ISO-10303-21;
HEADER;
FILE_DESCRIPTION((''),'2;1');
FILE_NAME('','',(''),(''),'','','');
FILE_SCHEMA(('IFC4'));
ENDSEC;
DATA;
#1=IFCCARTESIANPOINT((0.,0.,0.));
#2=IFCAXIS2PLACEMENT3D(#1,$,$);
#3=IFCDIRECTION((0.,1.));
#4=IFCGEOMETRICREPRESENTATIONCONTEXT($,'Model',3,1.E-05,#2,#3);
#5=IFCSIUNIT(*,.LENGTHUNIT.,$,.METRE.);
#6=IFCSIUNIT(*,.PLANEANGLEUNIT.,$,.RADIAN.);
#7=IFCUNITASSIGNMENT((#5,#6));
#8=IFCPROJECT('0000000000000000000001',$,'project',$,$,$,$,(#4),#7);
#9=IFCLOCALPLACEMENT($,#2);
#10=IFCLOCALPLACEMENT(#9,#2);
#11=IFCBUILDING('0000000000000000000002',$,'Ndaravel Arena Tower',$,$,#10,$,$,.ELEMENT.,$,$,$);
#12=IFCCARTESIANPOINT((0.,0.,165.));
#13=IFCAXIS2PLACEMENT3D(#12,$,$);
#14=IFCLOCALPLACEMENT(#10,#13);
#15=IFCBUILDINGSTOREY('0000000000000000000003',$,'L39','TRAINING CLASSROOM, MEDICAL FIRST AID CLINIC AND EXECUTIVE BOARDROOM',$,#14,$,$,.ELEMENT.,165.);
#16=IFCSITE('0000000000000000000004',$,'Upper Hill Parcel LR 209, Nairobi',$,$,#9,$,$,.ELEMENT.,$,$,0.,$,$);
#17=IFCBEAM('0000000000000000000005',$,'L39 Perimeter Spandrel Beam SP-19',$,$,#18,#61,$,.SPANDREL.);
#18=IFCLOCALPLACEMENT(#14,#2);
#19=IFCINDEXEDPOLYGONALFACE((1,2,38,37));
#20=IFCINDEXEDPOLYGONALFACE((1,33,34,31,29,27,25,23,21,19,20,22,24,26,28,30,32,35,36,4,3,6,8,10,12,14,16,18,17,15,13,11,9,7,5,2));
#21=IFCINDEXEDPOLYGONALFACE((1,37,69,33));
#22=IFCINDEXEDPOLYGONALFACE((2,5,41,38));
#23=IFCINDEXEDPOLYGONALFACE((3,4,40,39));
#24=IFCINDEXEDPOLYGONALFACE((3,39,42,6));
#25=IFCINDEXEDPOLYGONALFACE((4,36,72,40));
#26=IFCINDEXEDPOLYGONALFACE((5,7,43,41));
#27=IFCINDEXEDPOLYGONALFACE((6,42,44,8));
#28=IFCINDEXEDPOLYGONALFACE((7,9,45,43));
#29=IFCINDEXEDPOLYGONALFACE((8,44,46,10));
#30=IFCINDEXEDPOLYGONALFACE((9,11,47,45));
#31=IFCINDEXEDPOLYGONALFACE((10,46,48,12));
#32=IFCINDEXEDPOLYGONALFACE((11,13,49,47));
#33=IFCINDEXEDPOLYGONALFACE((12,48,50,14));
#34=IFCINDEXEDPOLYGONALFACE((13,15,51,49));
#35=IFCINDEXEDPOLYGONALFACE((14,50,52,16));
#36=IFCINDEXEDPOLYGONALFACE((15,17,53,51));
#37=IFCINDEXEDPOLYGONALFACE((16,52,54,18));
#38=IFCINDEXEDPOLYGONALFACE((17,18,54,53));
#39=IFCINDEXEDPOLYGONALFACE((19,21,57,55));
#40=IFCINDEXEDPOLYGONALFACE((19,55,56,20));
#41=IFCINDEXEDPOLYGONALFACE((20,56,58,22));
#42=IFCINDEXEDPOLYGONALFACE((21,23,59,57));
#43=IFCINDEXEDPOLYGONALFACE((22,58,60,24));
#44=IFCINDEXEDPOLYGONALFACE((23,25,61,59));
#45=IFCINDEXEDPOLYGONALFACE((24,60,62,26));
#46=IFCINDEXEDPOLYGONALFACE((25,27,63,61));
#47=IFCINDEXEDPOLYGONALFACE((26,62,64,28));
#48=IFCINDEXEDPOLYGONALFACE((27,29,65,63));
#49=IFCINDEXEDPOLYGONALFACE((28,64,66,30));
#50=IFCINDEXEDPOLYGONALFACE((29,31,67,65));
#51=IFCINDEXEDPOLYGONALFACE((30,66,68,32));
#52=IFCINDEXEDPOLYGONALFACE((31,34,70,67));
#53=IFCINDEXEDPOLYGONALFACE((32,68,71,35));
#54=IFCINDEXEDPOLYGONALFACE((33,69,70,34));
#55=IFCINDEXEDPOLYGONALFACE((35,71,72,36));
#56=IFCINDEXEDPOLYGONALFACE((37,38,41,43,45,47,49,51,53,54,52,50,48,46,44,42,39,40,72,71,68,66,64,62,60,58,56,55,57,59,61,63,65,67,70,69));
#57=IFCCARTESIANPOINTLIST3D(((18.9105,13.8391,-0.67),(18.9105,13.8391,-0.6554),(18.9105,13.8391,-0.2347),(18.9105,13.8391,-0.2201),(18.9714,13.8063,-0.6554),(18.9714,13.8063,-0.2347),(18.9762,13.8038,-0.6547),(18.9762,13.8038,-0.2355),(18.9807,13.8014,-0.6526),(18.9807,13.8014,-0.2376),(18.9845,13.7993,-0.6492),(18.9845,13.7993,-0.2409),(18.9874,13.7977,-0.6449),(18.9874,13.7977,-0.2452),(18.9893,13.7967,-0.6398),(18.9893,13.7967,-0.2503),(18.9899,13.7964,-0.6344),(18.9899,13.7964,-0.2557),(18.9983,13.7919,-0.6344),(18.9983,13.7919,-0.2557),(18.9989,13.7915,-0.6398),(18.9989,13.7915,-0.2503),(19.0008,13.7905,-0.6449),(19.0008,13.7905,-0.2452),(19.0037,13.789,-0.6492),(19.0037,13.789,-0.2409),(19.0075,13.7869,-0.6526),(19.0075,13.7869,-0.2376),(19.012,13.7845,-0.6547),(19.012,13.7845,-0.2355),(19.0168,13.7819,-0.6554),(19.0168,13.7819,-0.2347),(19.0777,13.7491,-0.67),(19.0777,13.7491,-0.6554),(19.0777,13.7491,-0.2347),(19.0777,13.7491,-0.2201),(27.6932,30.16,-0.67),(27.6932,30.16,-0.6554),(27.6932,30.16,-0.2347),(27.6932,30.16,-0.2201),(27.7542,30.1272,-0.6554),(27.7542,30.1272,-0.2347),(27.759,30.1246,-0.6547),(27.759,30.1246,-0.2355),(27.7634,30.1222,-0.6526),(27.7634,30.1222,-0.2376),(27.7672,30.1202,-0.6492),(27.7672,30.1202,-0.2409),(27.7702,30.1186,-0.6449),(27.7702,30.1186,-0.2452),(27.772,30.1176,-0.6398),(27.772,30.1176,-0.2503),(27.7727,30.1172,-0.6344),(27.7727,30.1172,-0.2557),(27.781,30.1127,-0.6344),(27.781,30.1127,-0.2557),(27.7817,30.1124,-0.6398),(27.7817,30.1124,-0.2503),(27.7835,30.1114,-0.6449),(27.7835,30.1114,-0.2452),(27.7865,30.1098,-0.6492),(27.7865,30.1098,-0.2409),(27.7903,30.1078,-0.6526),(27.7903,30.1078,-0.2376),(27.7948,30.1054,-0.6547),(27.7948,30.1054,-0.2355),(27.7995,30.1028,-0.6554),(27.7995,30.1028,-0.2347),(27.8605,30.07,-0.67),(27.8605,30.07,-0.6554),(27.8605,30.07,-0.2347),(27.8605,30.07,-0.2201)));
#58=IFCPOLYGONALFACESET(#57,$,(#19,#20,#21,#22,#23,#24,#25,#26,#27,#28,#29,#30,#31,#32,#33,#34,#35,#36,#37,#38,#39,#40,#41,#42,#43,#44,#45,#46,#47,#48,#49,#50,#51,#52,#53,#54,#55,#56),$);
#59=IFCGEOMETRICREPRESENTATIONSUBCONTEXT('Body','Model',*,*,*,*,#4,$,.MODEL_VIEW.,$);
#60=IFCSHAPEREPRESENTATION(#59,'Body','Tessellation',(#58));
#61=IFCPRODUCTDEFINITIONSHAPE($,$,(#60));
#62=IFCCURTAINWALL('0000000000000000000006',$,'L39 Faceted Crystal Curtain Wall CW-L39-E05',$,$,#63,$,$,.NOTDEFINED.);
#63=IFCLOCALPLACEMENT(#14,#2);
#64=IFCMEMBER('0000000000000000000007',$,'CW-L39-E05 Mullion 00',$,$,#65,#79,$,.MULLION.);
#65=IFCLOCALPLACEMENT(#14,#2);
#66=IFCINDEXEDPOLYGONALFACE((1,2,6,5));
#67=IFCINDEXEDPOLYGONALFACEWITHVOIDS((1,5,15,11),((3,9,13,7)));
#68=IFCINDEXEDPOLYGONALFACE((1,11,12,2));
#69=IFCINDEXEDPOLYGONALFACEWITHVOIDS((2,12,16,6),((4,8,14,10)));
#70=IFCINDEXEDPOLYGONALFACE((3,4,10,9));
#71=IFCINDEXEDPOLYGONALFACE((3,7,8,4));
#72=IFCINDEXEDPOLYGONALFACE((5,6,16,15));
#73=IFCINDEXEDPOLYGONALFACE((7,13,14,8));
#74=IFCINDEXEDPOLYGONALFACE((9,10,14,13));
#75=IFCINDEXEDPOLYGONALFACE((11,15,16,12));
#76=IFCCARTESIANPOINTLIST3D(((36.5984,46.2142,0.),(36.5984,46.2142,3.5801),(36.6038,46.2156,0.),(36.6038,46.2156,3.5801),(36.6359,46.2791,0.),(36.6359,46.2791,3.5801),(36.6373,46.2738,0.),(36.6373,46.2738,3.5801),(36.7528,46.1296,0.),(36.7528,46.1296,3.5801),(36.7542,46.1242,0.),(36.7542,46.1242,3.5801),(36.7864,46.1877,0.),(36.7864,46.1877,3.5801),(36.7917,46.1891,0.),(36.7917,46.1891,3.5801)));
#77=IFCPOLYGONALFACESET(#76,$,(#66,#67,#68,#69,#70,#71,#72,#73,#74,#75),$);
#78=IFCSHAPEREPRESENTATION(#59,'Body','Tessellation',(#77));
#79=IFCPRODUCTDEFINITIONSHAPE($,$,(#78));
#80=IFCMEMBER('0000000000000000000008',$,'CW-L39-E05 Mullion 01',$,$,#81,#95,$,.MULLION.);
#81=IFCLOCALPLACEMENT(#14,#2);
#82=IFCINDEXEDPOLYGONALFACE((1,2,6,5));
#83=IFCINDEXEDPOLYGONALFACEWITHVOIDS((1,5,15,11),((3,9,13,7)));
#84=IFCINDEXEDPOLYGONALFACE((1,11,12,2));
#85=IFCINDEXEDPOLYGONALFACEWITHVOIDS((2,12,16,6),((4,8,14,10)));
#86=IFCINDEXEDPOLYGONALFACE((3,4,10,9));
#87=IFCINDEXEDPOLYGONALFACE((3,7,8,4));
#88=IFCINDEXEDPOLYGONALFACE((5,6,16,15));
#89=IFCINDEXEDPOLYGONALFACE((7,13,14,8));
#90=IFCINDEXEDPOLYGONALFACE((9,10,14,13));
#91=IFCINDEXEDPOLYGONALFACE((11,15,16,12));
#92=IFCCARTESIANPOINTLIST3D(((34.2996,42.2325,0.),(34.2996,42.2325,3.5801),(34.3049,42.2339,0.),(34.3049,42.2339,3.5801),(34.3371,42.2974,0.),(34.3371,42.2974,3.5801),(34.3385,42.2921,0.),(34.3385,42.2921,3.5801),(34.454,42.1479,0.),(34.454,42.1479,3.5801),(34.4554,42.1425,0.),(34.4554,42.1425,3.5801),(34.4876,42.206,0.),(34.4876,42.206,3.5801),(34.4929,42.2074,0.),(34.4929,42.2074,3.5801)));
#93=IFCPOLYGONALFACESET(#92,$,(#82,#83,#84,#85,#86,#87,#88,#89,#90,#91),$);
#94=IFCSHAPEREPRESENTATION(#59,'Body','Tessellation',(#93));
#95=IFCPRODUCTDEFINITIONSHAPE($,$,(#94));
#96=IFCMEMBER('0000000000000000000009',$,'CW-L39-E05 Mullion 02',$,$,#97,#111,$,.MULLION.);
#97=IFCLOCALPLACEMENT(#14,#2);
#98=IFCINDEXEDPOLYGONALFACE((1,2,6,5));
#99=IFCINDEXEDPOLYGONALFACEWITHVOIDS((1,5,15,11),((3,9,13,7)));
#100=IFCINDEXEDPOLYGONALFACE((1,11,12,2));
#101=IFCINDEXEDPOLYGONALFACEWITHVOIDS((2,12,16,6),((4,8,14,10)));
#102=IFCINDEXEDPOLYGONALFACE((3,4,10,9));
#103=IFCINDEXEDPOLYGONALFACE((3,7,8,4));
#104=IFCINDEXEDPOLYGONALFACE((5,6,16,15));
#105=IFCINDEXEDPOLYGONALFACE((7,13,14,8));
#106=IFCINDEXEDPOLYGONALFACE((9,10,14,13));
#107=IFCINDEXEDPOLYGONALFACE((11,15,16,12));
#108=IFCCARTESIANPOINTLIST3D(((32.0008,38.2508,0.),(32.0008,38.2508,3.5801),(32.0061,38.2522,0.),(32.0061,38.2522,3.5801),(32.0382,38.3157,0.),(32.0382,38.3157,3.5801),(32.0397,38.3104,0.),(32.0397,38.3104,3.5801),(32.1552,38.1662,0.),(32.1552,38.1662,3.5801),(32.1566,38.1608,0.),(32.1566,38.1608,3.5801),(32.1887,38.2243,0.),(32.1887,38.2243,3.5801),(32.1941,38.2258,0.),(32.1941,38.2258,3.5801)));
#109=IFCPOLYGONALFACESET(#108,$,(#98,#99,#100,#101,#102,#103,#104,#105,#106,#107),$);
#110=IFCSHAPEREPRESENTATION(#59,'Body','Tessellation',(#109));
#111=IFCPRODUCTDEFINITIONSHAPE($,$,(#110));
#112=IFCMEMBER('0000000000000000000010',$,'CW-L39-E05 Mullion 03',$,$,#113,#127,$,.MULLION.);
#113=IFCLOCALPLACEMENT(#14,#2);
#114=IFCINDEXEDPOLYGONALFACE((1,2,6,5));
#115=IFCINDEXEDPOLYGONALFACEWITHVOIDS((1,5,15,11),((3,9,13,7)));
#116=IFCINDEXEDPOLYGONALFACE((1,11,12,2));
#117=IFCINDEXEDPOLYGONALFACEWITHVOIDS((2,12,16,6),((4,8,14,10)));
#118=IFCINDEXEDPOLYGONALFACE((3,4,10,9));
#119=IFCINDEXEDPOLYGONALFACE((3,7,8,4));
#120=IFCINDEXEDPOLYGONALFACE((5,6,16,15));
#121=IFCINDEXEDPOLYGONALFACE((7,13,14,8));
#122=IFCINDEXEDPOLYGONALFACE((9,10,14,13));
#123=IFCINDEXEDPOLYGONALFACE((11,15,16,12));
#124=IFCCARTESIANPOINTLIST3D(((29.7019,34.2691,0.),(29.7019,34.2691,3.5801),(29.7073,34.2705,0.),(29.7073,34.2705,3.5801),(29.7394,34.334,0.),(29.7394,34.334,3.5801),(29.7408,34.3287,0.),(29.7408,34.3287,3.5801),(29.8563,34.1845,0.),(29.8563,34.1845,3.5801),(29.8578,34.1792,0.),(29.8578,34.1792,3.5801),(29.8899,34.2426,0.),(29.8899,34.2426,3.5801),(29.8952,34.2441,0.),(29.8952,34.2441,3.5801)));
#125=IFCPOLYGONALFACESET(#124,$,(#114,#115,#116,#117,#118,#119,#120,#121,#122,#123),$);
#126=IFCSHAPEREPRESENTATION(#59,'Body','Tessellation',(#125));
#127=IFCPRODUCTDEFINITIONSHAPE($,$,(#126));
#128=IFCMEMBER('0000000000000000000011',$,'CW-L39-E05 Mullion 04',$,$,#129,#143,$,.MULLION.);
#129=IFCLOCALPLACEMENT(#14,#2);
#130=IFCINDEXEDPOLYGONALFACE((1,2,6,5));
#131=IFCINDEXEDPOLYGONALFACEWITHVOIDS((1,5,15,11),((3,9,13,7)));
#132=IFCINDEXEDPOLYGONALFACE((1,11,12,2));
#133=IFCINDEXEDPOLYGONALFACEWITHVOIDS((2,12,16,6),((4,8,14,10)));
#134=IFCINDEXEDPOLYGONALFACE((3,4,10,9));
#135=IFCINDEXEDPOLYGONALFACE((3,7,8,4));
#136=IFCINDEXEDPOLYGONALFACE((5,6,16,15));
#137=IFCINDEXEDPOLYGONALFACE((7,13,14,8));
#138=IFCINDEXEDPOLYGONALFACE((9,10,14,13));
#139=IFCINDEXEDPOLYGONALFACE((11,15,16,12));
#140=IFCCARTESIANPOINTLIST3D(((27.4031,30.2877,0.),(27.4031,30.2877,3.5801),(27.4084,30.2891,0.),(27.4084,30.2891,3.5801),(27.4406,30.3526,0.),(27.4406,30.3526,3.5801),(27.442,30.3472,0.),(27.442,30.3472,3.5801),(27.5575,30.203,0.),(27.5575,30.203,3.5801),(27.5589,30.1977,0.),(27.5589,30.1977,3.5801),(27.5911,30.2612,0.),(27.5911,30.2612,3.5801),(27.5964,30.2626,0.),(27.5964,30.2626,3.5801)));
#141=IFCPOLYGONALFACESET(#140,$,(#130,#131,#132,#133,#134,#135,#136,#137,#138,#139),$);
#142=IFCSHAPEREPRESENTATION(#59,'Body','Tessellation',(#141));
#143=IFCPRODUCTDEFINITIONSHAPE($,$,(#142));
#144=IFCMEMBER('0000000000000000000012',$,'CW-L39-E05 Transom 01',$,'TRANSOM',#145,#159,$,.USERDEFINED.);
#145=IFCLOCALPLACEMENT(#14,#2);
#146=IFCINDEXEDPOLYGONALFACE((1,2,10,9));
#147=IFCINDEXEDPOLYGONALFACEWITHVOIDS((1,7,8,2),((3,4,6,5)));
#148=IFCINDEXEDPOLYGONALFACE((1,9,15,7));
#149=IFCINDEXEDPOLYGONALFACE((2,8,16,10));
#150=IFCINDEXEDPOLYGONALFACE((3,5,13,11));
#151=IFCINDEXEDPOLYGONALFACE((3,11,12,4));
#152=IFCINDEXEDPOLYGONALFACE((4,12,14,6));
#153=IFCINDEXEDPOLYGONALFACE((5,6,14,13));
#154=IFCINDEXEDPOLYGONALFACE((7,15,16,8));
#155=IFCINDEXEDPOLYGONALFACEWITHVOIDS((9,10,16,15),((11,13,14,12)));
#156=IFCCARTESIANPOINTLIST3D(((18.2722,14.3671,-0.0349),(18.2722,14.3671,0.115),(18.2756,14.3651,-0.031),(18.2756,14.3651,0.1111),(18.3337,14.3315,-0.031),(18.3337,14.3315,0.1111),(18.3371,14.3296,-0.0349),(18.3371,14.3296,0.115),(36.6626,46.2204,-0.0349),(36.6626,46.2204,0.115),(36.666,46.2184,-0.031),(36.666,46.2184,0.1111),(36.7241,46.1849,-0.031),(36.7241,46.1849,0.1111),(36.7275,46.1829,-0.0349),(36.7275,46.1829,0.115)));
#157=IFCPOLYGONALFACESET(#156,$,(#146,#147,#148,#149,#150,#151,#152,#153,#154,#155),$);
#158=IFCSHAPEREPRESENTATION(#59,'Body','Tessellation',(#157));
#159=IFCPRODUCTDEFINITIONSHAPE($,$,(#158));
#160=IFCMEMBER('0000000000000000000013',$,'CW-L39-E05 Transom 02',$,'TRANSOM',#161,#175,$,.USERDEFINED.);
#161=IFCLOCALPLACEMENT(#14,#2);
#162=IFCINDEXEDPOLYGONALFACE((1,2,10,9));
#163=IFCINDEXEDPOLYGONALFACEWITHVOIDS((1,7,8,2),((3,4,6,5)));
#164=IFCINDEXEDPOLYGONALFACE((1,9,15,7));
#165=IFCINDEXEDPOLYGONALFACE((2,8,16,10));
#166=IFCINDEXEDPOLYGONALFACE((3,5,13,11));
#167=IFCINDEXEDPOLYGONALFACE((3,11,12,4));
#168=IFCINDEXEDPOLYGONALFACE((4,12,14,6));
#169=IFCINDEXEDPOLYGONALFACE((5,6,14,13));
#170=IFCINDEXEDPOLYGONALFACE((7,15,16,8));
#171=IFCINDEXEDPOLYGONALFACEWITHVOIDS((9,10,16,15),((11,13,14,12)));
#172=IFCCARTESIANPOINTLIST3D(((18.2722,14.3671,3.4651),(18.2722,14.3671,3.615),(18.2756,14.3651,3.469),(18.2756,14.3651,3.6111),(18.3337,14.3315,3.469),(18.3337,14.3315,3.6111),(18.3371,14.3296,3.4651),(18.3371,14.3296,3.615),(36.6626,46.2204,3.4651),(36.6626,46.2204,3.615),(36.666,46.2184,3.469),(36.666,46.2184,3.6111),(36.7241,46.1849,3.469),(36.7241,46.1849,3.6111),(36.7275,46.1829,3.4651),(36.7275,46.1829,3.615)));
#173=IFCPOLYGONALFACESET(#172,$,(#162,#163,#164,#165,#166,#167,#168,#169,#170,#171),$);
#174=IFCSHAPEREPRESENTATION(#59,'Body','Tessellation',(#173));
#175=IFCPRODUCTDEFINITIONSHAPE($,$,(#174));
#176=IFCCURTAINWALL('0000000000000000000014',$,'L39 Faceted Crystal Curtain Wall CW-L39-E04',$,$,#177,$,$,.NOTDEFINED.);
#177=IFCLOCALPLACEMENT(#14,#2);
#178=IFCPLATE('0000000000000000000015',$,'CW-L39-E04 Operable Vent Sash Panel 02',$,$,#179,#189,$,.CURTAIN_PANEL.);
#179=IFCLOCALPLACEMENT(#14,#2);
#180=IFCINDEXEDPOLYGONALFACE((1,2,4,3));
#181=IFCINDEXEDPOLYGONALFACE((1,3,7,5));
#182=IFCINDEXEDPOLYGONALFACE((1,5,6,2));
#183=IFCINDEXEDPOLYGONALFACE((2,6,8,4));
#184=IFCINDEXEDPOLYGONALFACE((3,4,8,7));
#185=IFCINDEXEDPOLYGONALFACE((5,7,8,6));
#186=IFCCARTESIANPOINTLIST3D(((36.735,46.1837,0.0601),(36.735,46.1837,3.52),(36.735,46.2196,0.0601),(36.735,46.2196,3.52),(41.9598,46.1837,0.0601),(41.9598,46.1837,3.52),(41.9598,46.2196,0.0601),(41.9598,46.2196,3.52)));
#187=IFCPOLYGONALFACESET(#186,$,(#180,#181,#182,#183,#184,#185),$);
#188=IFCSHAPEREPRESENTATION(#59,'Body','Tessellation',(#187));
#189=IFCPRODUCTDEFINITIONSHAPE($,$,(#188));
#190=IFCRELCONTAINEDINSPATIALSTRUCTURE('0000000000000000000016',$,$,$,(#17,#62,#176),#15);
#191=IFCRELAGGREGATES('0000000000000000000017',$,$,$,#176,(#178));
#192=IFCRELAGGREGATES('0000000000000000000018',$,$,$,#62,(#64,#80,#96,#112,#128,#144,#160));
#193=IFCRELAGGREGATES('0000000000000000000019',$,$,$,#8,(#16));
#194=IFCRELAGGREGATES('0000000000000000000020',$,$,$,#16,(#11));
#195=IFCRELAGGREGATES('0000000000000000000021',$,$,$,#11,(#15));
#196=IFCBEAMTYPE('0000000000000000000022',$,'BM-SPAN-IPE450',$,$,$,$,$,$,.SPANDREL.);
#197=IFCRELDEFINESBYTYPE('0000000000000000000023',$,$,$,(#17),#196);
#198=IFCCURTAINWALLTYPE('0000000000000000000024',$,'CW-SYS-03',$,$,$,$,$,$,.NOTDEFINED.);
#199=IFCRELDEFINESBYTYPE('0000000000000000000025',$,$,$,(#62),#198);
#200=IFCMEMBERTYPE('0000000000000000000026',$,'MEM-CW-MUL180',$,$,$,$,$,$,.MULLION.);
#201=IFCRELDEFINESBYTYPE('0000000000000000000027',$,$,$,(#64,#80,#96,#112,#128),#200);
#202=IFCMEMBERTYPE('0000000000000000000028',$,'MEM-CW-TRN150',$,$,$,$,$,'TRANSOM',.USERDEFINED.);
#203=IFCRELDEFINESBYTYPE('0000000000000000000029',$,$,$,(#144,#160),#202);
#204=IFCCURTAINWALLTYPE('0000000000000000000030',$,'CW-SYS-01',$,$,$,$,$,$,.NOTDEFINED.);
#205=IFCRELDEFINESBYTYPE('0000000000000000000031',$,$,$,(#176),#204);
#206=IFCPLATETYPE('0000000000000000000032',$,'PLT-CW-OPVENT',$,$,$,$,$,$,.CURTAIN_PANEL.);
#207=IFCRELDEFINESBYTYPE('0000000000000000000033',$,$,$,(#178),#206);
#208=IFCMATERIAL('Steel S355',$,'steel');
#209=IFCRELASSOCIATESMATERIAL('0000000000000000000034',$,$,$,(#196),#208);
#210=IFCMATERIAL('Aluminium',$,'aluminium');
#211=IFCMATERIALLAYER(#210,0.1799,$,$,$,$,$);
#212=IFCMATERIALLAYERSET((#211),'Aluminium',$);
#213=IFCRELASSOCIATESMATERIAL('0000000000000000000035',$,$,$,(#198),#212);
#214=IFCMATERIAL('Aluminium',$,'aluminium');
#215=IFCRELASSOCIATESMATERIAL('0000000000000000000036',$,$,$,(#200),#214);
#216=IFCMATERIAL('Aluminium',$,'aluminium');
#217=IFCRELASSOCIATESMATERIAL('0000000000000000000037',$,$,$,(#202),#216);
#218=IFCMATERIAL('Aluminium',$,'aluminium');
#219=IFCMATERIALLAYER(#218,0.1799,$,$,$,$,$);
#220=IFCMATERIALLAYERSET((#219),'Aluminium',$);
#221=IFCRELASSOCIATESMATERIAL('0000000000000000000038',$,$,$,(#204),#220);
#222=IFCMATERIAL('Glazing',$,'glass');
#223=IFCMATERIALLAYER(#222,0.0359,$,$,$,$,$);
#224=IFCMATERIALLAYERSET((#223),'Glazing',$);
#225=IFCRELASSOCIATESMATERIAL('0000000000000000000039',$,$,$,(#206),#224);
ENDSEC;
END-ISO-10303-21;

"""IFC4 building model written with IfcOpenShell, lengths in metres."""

from ifc_helpers import new_model, si_unit, direction, frame, origin, origin_2d, place, context, subcontext, project, spatial, rectangle, hollow_rectangle, i_section, extrude, material, layer, layer_set, material_profile, profile_set, type_object, element, aggregate, save


model = new_model("IFC4")

# Units and contexts
model_context = context("Model", 3, precision=1e-05, world=origin(), true_north=direction((0.0, 1.0)))
body_context = subcontext(model_context, "Body", "Model", "MODEL_VIEW")
ifc_project = project(units=[si_unit("LENGTHUNIT", "METRE"), si_unit("PLANEANGLEUNIT", "RADIAN")], contexts=[model_context])

# Site, building, storey
site_placement = place(None, origin())
site = spatial("IfcSite", under=ifc_project, at=site_placement, Name="Upper Hill Parcel LR 209, Nairobi", CompositionType="ELEMENT", RefElevation=0.0)
building_placement = place(site_placement, origin())
building = spatial("IfcBuilding", under=site, at=building_placement, Name="Ndaravel Arena Tower", CompositionType="ELEMENT")
storey_placement = place(building_placement, frame((0.0, 0.0, 165.0)))
storey = spatial("IfcBuildingStorey", under=building, at=storey_placement, Name="L39", Description="TRAINING CLASSROOM, MEDICAL FIRST AID CLINIC AND EXECUTIVE BOARDROOM", CompositionType="ELEMENT", Elevation=165.0)

# Beam
ifc_material_1 = material(Name="Steel S355", Category="steel")
ifc_material_profile_1 = material_profile(ifc_material_1, i_section(OverallWidth=0.1899, OverallDepth=0.45, WebThickness=0.0095, FlangeThickness=0.0146, FilletRadius=0.021, at=origin_2d()), Name="IPE 450")
ifc_profile_set_1 = profile_set([ifc_material_profile_1], Name="Steel S355")
beam_type_1 = type_object("IfcBeamType", Name="BM-SPAN-IPE450", PredefinedType="SPANDREL", material=ifc_profile_set_1)
for number, where, z_axis, x_axis, name in (
    (1, (27.7769, 30.115, -0.4451), (-0.473874, -0.880593, 0.0), (0.880593, -0.473874, 0.0), "L39 Perimeter Spandrel Beam SP-19"),
):
    element("IfcBeam", number, at=place(storey_placement, frame(where, z_axis=z_axis, x_axis=x_axis)), inside=storey, type_object=beam_type_1, Name=name, PredefinedType="SPANDREL", context=body_context, shape_type="SweptSolid", body=[
        extrude(i_section(OverallWidth=0.1899, OverallDepth=0.45, WebThickness=0.0095, FlangeThickness=0.0146, FilletRadius=0.021, at=origin_2d()), origin(), (0.0, 0.0, 1.0), 18.5339),
    ])

# Curtain wall, members
ifc_material_2 = material(Name="Aluminium", Category="aluminium")
ifc_layer_1 = layer(ifc_material_2, 0.1799)
ifc_layer_set_1 = layer_set([ifc_layer_1], Name="Aluminium")
curtain_wall_type_1 = type_object("IfcCurtainWallType", Name="CW-SYS-03", PredefinedType="NOTDEFINED", material=ifc_layer_set_1)
curtain_wall_1_placement = place(storey_placement, origin())
curtain_wall_1 = element("IfcCurtainWall", 2, at=curtain_wall_1_placement, inside=storey, type_object=curtain_wall_type_1, Name="L39 Faceted Crystal Curtain Wall CW-L39-E05", PredefinedType="NOTDEFINED")
ifc_material_3 = material(Name="Aluminium", Category="aluminium")
ifc_material_profile_2 = material_profile(ifc_material_3, hollow_rectangle(XDim=0.075, YDim=0.1799, WallThickness=0.0039, at=origin_2d()), Name="CW MULLION 75x180x4")
ifc_profile_set_2 = profile_set([ifc_material_profile_2], Name="Aluminium")
member_type_1 = type_object("IfcMemberType", Name="MEM-CW-MUL180", PredefinedType="MULLION", material=ifc_profile_set_2)
member_1_placement = place(storey_placement, frame((36.6951, 46.2017, 0.0), z_axis=(0.0, 0.0, 1.0), x_axis=(-0.5, -0.866025, 0.0)))
member_1 = element("IfcMember", 3, at=member_1_placement, type_object=member_type_1, Name="CW-L39-E05 Mullion 00", PredefinedType="MULLION", context=body_context, shape_type="SweptSolid", body=[
    extrude(hollow_rectangle(XDim=0.075, YDim=0.1799, WallThickness=0.0039, at=origin_2d()), origin(), (0.0, 0.0, 1.0), 3.5801),
])
member_2_placement = place(storey_placement, frame((34.3962, 42.22, 0.0), z_axis=(0.0, 0.0, 1.0), x_axis=(-0.5, -0.866025, 0.0)))
member_2 = element("IfcMember", 4, at=member_2_placement, type_object=member_type_1, Name="CW-L39-E05 Mullion 01", PredefinedType="MULLION", context=body_context, shape_type="SweptSolid", body=[
    extrude(hollow_rectangle(XDim=0.075, YDim=0.1799, WallThickness=0.0039, at=origin_2d()), origin(), (0.0, 0.0, 1.0), 3.5801),
])
member_3_placement = place(storey_placement, frame((32.0974, 38.2383, 0.0), z_axis=(0.0, 0.0, 1.0), x_axis=(-0.5, -0.866025, 0.0)))
member_3 = element("IfcMember", 5, at=member_3_placement, type_object=member_type_1, Name="CW-L39-E05 Mullion 02", PredefinedType="MULLION", context=body_context, shape_type="SweptSolid", body=[
    extrude(hollow_rectangle(XDim=0.075, YDim=0.1799, WallThickness=0.0039, at=origin_2d()), origin(), (0.0, 0.0, 1.0), 3.5801),
])
member_4_placement = place(storey_placement, frame((29.7986, 34.2566, 0.0), z_axis=(0.0, 0.0, 1.0), x_axis=(-0.5, -0.866025, 0.0)))
member_4 = element("IfcMember", 6, at=member_4_placement, type_object=member_type_1, Name="CW-L39-E05 Mullion 03", PredefinedType="MULLION", context=body_context, shape_type="SweptSolid", body=[
    extrude(hollow_rectangle(XDim=0.075, YDim=0.1799, WallThickness=0.0039, at=origin_2d()), origin(), (0.0, 0.0, 1.0), 3.5801),
])
member_5_placement = place(storey_placement, frame((27.4998, 30.2751, 0.0), z_axis=(0.0, 0.0, 1.0), x_axis=(-0.5, -0.866025, 0.0)))
member_5 = element("IfcMember", 7, at=member_5_placement, type_object=member_type_1, Name="CW-L39-E05 Mullion 04", PredefinedType="MULLION", context=body_context, shape_type="SweptSolid", body=[
    extrude(hollow_rectangle(XDim=0.075, YDim=0.1799, WallThickness=0.0039, at=origin_2d()), origin(), (0.0, 0.0, 1.0), 3.5801),
])
ifc_material_4 = material(Name="Aluminium", Category="aluminium")
ifc_material_profile_3 = material_profile(ifc_material_4, hollow_rectangle(XDim=0.075, YDim=0.1499, WallThickness=0.0039, at=origin_2d()), Name="CW TRANSOM 75x150x4")
ifc_profile_set_3 = profile_set([ifc_material_profile_3], Name="Aluminium")
member_type_2 = type_object("IfcMemberType", Name="MEM-CW-TRN150", ElementType="TRANSOM", PredefinedType="USERDEFINED", material=ifc_profile_set_3)
member_6_placement = place(storey_placement, frame((36.6951, 46.2017, 0.04), z_axis=(-0.499998, -0.866027, 0.0), x_axis=(0.866027, -0.499998, 0.0)))
member_6 = element("IfcMember", 8, at=member_6_placement, type_object=member_type_2, Name="CW-L39-E05 Transom 01", ObjectType="TRANSOM", PredefinedType="USERDEFINED", context=body_context, shape_type="SweptSolid", body=[
    extrude(hollow_rectangle(XDim=0.075, YDim=0.1499, WallThickness=0.0039, at=origin_2d()), origin(), (0.0, 0.0, 1.0), 36.781),
])
member_7_placement = place(storey_placement, frame((36.6951, 46.2017, 3.54), z_axis=(-0.499998, -0.866027, 0.0), x_axis=(0.866027, -0.499998, 0.0)))
member_7 = element("IfcMember", 9, at=member_7_placement, type_object=member_type_2, Name="CW-L39-E05 Transom 02", ObjectType="TRANSOM", PredefinedType="USERDEFINED", context=body_context, shape_type="SweptSolid", body=[
    extrude(hollow_rectangle(XDim=0.075, YDim=0.1499, WallThickness=0.0039, at=origin_2d()), origin(), (0.0, 0.0, 1.0), 36.781),
])

# Curtain wall, plate
ifc_material_5 = material(Name="Aluminium", Category="aluminium")
ifc_layer_2 = layer(ifc_material_5, 0.1799)
ifc_layer_set_2 = layer_set([ifc_layer_2], Name="Aluminium")
curtain_wall_type_2 = type_object("IfcCurtainWallType", Name="CW-SYS-01", PredefinedType="NOTDEFINED", material=ifc_layer_set_2)
curtain_wall_2_placement = place(storey_placement, origin())
curtain_wall_2 = element("IfcCurtainWall", 10, at=curtain_wall_2_placement, inside=storey, type_object=curtain_wall_type_2, Name="L39 Faceted Crystal Curtain Wall CW-L39-E04", PredefinedType="NOTDEFINED")
ifc_material_6 = material(Name="Glazing", Category="glass")
ifc_layer_3 = layer(ifc_material_6, 0.0359)
ifc_layer_set_3 = layer_set([ifc_layer_3], Name="Glazing")
plate_type_1 = type_object("IfcPlateType", Name="PLT-CW-OPVENT", PredefinedType="CURTAIN_PANEL", material=ifc_layer_set_3)
plate_1_placement = place(storey_placement, frame((39.3474, 46.2017, 0.0601), z_axis=(0.0, 0.0, 1.0), x_axis=(-1.0, 0.0, 0.0)))
plate_1 = element("IfcPlate", 11, at=plate_1_placement, type_object=plate_type_1, Name="CW-L39-E04 Operable Vent Sash Panel 02", PredefinedType="CURTAIN_PANEL", context=body_context, shape_type="SweptSolid", body=[
    extrude(rectangle(XDim=5.2249, YDim=0.0359, at=origin_2d()), origin(), (0.0, 0.0, 1.0), 3.46),
])
aggregate(curtain_wall_2, [plate_1])

aggregate(curtain_wall_1, [member_1, member_2, member_3, member_4, member_5, member_6, member_7])

save(model, "model.ifc")
